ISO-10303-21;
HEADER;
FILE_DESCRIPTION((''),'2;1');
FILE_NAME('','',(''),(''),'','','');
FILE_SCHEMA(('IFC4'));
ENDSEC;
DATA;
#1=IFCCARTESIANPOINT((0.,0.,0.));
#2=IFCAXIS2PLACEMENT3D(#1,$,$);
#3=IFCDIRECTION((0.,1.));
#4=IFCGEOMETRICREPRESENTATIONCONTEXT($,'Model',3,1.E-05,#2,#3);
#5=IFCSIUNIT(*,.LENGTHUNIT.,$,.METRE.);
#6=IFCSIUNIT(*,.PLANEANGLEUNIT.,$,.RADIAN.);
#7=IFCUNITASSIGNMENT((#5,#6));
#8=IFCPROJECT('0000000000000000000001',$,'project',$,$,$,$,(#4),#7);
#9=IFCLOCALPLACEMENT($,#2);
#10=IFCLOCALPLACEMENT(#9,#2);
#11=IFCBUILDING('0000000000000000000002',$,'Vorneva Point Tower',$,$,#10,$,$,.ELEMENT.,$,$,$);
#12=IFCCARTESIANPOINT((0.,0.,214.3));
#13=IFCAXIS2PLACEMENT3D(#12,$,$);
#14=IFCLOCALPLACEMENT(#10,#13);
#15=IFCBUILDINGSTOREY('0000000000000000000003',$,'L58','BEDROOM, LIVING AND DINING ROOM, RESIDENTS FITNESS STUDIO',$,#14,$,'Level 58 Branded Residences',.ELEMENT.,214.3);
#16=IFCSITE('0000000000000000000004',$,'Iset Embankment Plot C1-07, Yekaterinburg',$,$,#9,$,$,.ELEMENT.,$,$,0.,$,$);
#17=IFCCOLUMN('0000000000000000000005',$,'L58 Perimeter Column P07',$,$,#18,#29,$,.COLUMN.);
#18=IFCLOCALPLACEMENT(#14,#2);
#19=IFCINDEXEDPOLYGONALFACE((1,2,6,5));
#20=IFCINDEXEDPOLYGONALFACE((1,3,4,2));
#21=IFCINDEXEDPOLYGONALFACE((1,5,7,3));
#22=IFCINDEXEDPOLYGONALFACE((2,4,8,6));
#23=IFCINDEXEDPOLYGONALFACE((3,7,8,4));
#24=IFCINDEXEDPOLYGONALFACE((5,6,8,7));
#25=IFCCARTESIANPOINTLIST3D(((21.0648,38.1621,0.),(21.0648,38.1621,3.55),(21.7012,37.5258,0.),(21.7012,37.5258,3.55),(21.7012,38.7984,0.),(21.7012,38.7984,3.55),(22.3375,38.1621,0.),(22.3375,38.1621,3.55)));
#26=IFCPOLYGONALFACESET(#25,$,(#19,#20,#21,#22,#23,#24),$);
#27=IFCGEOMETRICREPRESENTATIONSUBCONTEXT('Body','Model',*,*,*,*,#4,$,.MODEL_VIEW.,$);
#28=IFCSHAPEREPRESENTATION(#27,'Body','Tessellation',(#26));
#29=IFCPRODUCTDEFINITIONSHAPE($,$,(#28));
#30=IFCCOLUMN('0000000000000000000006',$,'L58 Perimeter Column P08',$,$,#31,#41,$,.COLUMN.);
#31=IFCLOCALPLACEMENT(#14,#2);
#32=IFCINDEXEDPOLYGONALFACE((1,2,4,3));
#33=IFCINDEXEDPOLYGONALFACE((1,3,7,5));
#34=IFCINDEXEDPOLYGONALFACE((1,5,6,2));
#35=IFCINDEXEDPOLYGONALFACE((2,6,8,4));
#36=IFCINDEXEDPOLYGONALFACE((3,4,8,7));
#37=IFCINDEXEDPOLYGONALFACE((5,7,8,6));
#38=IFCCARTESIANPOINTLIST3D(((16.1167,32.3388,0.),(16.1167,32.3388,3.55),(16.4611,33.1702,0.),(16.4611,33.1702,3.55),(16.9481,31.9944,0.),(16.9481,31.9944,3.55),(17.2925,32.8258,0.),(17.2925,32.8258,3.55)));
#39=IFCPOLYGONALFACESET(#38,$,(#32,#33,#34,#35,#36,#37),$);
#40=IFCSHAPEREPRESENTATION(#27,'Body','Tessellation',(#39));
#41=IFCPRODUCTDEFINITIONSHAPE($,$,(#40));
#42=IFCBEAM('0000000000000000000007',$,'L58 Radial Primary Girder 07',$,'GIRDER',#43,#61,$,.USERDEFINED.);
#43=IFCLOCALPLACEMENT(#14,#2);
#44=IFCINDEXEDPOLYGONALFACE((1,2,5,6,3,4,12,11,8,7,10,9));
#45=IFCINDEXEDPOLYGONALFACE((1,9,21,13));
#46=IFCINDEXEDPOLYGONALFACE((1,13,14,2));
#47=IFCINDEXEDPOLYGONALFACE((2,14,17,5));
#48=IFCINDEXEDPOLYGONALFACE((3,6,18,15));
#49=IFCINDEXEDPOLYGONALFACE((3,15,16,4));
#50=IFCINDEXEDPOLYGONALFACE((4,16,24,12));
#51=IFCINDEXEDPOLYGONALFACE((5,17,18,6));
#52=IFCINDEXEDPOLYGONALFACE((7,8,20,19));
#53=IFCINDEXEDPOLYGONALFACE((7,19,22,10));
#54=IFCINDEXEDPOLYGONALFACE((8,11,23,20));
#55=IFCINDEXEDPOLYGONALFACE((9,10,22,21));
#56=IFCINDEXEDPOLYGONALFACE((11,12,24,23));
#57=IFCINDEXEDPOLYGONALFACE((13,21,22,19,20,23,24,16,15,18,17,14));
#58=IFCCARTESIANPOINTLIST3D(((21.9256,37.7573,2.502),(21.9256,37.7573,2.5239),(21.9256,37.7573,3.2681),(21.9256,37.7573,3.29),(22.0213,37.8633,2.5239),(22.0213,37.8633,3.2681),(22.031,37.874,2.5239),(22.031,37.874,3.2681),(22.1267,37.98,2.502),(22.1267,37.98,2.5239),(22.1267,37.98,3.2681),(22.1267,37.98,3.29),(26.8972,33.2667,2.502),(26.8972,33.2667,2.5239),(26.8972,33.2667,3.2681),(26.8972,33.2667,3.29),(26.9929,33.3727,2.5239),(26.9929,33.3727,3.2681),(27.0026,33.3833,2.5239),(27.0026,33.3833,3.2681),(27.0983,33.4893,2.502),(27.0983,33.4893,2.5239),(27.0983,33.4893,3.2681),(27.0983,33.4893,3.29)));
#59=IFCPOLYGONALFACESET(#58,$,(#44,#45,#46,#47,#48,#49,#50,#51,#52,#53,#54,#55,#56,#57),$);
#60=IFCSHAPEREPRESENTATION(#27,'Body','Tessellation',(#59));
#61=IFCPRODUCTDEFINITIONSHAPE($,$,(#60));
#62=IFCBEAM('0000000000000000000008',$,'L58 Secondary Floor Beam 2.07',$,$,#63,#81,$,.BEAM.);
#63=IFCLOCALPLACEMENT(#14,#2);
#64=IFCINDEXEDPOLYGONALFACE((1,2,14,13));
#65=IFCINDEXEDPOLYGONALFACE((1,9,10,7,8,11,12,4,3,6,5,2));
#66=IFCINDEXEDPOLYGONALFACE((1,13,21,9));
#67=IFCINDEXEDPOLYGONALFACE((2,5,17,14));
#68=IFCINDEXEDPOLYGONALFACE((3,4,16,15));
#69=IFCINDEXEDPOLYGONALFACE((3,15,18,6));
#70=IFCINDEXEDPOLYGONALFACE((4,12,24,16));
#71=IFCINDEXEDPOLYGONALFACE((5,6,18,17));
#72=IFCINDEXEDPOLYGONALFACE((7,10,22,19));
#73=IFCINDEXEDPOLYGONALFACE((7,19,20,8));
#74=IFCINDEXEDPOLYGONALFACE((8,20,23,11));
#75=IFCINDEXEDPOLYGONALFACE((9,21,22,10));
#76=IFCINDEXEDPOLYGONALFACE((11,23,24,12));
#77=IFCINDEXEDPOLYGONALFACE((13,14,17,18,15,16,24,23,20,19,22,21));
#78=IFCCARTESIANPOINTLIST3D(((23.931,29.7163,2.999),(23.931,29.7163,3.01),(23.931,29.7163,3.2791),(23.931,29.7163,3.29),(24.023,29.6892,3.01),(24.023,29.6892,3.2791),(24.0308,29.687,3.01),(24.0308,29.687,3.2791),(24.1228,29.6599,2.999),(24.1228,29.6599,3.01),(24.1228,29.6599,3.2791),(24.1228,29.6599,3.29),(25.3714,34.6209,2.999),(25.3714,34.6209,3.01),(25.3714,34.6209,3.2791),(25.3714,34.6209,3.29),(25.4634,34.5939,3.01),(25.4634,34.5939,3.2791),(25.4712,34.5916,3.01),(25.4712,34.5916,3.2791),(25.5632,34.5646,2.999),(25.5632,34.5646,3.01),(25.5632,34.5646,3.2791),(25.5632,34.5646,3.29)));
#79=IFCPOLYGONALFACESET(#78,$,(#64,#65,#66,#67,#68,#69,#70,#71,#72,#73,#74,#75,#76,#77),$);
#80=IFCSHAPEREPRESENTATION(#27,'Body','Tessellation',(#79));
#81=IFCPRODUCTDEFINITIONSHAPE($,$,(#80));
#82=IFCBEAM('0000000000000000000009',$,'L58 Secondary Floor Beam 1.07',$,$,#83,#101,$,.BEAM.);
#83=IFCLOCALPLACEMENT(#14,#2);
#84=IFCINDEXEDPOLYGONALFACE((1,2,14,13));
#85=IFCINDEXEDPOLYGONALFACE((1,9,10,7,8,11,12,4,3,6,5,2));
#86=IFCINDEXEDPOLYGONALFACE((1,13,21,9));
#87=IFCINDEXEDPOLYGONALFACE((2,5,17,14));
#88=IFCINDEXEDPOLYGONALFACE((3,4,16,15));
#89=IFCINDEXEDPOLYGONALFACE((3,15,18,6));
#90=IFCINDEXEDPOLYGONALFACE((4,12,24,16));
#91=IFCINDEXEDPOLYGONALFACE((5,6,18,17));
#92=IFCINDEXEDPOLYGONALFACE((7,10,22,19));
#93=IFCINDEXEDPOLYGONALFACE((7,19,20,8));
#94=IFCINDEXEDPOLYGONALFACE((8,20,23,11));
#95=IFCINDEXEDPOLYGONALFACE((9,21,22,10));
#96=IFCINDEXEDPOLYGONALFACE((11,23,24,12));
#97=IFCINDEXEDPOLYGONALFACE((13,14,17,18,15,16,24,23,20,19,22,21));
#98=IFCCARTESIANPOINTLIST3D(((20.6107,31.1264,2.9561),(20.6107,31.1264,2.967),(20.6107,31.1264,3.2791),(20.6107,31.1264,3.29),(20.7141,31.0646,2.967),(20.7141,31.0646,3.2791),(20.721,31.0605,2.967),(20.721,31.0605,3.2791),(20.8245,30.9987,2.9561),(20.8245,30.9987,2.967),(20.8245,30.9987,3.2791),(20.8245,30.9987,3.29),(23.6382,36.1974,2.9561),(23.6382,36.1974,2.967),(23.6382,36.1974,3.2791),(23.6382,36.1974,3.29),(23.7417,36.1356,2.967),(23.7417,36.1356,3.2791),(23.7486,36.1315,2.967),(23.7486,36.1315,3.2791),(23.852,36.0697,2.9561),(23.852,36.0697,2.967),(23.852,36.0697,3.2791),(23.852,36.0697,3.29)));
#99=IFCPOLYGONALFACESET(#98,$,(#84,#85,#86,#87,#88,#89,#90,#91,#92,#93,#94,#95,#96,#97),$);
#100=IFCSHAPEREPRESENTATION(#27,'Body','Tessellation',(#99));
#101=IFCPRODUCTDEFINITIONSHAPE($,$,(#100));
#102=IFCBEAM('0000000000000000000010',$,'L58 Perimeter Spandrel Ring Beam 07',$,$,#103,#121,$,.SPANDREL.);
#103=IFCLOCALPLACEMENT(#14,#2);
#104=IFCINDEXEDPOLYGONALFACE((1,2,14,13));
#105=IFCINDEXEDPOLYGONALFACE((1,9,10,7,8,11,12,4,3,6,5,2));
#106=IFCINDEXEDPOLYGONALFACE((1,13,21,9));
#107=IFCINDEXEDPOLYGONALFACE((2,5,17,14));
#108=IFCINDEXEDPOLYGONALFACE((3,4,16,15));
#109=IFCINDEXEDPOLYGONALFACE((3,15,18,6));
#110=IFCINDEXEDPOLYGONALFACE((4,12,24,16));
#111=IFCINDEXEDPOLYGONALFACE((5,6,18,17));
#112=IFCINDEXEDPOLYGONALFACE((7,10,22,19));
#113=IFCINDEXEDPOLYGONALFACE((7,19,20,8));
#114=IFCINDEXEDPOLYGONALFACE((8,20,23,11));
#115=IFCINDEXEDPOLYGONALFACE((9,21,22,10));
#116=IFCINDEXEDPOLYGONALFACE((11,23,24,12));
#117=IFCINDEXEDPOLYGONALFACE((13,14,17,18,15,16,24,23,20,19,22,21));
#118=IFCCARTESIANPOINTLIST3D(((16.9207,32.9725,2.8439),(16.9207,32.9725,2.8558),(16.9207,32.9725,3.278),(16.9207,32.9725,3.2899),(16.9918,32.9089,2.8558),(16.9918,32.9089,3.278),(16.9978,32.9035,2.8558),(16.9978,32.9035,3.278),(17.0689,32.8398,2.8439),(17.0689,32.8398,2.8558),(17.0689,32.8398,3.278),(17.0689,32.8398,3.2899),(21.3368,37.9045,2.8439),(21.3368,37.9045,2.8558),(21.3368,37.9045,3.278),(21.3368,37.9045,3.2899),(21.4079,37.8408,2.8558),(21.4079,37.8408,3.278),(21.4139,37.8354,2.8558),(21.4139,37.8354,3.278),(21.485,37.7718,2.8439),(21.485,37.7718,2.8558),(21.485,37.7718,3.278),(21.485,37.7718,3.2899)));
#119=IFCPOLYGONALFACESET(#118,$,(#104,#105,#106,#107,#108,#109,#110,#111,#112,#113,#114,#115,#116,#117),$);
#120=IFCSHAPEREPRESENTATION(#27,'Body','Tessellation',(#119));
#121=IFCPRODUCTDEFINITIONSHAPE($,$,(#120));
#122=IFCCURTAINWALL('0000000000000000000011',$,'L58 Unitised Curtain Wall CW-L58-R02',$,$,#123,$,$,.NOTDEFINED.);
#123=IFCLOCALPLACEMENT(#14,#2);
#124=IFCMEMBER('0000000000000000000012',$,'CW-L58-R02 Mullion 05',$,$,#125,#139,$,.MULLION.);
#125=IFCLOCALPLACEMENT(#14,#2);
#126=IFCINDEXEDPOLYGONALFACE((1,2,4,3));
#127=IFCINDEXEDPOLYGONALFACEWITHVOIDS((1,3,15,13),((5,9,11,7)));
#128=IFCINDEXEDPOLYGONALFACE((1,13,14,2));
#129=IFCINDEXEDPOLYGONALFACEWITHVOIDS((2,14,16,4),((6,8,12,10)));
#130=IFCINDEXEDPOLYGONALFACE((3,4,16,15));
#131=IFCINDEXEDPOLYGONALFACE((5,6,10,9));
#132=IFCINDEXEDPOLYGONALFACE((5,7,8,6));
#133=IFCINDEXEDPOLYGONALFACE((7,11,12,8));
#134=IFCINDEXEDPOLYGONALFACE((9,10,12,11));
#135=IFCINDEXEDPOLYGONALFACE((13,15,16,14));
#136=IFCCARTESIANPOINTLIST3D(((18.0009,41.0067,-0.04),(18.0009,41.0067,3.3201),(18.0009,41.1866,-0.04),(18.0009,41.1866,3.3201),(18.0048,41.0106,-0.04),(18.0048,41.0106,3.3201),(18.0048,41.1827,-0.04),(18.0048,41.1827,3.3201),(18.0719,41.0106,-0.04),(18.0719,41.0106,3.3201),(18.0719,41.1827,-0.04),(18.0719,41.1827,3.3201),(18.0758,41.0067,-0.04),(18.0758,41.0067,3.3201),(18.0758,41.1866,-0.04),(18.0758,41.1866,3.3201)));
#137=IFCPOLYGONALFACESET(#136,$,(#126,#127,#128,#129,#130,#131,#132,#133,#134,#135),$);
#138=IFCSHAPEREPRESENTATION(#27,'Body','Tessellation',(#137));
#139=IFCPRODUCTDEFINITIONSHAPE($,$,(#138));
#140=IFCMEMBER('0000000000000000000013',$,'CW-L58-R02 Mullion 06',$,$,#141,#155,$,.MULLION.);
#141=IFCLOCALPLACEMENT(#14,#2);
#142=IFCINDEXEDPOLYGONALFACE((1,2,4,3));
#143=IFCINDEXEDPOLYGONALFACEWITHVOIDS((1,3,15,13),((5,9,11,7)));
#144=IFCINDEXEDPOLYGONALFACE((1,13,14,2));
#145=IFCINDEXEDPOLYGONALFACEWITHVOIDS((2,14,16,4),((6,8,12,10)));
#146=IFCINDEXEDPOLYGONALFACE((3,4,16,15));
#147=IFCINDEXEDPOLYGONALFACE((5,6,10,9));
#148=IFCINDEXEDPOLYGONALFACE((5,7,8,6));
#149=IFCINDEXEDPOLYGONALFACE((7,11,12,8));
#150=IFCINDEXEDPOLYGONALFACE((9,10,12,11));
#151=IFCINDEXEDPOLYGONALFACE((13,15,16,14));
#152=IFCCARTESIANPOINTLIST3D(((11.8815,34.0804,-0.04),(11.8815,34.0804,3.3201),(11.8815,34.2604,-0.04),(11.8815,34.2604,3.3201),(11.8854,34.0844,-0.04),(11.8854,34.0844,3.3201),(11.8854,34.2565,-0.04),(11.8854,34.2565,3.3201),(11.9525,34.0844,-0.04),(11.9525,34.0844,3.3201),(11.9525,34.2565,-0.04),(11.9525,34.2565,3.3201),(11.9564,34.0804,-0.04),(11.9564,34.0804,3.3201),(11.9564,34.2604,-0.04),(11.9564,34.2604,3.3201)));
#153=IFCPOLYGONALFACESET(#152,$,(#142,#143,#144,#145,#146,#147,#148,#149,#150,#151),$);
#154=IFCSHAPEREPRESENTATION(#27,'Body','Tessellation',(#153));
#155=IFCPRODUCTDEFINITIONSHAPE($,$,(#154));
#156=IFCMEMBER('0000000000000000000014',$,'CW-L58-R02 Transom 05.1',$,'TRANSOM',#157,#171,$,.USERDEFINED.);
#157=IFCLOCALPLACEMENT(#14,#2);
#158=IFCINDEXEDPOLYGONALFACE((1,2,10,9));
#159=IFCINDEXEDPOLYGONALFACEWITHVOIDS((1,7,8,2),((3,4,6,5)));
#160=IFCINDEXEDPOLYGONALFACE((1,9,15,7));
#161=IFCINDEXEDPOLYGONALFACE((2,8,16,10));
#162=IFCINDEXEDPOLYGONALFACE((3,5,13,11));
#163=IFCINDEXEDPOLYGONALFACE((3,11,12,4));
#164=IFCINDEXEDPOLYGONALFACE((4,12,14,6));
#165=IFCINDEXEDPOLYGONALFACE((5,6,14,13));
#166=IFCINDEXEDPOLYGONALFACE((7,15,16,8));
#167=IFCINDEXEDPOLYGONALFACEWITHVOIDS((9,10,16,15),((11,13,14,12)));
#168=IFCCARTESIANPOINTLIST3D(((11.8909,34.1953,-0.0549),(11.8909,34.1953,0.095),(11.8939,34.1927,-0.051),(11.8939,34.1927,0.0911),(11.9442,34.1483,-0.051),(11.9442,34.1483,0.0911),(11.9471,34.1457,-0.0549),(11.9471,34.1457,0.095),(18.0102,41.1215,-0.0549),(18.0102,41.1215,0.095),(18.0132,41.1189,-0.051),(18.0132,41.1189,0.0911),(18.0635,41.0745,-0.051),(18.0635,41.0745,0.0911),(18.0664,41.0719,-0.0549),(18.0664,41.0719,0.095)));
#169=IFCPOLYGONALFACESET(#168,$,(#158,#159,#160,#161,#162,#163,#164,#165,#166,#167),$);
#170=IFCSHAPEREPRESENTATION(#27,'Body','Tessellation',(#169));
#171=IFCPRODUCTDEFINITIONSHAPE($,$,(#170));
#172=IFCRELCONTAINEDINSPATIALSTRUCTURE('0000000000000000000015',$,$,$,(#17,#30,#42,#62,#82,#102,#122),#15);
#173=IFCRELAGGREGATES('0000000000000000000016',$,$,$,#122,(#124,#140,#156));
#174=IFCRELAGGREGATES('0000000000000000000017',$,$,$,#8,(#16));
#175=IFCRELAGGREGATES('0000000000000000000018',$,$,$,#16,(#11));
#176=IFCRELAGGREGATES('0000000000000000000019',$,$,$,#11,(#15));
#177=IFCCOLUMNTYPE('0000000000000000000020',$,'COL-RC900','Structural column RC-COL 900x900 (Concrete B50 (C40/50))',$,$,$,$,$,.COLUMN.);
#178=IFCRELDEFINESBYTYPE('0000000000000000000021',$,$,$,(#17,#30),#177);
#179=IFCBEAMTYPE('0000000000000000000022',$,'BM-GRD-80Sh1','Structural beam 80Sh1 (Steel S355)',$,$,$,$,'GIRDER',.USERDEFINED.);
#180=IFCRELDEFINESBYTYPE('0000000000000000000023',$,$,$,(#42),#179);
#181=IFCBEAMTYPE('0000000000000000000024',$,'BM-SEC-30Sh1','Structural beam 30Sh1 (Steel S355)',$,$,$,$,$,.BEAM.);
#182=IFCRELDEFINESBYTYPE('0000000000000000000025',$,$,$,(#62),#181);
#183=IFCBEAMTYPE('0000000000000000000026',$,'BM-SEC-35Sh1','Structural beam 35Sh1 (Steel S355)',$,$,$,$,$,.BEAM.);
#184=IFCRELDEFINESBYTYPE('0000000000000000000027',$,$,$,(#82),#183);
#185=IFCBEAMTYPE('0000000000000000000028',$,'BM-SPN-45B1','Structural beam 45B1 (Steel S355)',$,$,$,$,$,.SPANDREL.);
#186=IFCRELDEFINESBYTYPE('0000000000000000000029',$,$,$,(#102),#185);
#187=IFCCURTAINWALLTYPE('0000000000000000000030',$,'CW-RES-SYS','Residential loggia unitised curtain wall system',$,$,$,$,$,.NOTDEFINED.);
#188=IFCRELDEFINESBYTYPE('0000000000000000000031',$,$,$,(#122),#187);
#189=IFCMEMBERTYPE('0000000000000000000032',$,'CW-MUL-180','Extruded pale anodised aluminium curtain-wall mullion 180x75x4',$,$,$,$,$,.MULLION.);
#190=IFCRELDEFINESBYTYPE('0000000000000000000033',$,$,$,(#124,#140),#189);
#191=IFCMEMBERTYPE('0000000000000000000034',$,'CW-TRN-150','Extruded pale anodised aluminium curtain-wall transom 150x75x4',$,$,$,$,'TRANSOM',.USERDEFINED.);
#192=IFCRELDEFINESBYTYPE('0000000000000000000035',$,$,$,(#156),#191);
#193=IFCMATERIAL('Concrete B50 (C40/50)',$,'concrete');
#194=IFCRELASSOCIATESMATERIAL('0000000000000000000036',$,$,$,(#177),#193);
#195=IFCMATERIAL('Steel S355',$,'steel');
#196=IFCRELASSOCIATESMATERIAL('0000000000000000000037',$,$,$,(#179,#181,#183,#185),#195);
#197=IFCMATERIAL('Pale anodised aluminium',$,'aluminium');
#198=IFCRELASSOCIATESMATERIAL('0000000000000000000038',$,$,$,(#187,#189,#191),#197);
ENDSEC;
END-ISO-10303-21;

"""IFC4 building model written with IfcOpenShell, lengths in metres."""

from ifc_helpers import new_model, si_unit, direction, frame, origin, origin_2d, place, context, subcontext, project, spatial, rectangle, hollow_rectangle, i_section, extrude, material, material_profile, profile_set, type_object, element, aggregate, save


model = new_model("IFC4")

# Units and contexts
model_context = context("Model", 3, precision=1e-05, world=origin(), true_north=direction((0.0, 1.0)))
body_context = subcontext(model_context, "Body", "Model", "MODEL_VIEW")
ifc_project = project(units=[si_unit("LENGTHUNIT", "METRE"), si_unit("PLANEANGLEUNIT", "RADIAN")], contexts=[model_context])

# Site, building, storey
site_placement = place(None, origin())
site = spatial("IfcSite", under=ifc_project, at=site_placement, Name="Iset Embankment Plot C1-07, Yekaterinburg", CompositionType="ELEMENT", RefElevation=0.0)
building_placement = place(site_placement, origin())
building = spatial("IfcBuilding", under=site, at=building_placement, Name="Vorneva Point Tower", CompositionType="ELEMENT")
storey_placement = place(building_placement, frame((0.0, 0.0, 214.3)))
storey = spatial("IfcBuildingStorey", under=building, at=storey_placement, Name="L58", Description="BEDROOM, LIVING AND DINING ROOM, RESIDENTS FITNESS STUDIO", LongName="Level 58 Branded Residences", CompositionType="ELEMENT", Elevation=214.3)

# Columns
ifc_material_1 = material(Name="Concrete B50 (C40/50)", Category="concrete")
ifc_material_profile_1 = material_profile(ifc_material_1, rectangle(XDim=0.8999, YDim=0.8999, at=origin_2d()), Name="RC-COL 900x900")
ifc_profile_set_1 = profile_set([ifc_material_profile_1], Name="Concrete B50 (C40/50)")
column_type = type_object("IfcColumnType", Name="COL-RC900", Description="Structural column RC-COL 900x900 (Concrete B50 (C40/50))", PredefinedType="COLUMN", material=ifc_profile_set_1)
for number, where, z_axis, x_axis, name in (
    (1, (21.7012, 38.1621, 0.0), (0.0, 0.0, 1.0), (-0.707107, 0.707107, 0.0), "L58 Perimeter Column P07"),
    (2, (16.7046, 32.5823, 0.0), (0.0, 0.0, 1.0), (-0.92388, 0.382683, 0.0), "L58 Perimeter Column P08"),
):
    element("IfcColumn", number, at=place(storey_placement, frame(where, z_axis=z_axis, x_axis=x_axis)), inside=storey, type_object=column_type, Name=name, PredefinedType="COLUMN", context=body_context, shape_type="SweptSolid", body=[
        extrude(rectangle(XDim=0.8999, YDim=0.8999, at=origin_2d()), origin(), (0.0, 0.0, 1.0), 3.55),
    ])

# Beams
ifc_material_2 = material(Name="Steel S355", Category="steel")
ifc_material_profile_2 = material_profile(ifc_material_2, i_section(OverallWidth=0.3, OverallDepth=0.7881, WebThickness=0.0144, FlangeThickness=0.022, at=origin_2d()), Name="80Sh1")
ifc_profile_set_2 = profile_set([ifc_material_profile_2], Name="Steel S355")
beam_type_1 = type_object("IfcBeamType", Name="BM-GRD-80Sh1", Description="Structural beam 80Sh1 (Steel S355)", ElementType="GIRDER", PredefinedType="USERDEFINED", material=ifc_profile_set_2)
beam_1_placement = place(storey_placement, frame((22.0261, 37.8687, 2.896), z_axis=(0.74209, -0.670301, 0.0), x_axis=(0.670301, 0.74209, 0.0)))
element("IfcBeam", 3, at=beam_1_placement, inside=storey, type_object=beam_type_1, Name="L58 Radial Primary Girder 07", ObjectType="GIRDER", PredefinedType="USERDEFINED", context=body_context, shape_type="SweptSolid", body=[
    extrude(i_section(OverallWidth=0.3, OverallDepth=0.7881, WebThickness=0.0144, FlangeThickness=0.022, at=origin_2d()), origin(), (0.0, 0.0, 1.0), 6.6995),
])
ifc_material_profile_3 = material_profile(ifc_material_2, i_section(OverallWidth=0.2, OverallDepth=0.291, WebThickness=0.0081, FlangeThickness=0.011, at=origin_2d()), Name="30Sh1")
ifc_profile_set_3 = profile_set([ifc_material_profile_3], Name="Steel S355")
beam_type_2 = type_object("IfcBeamType", Name="BM-SEC-30Sh1", Description="Structural beam 30Sh1 (Steel S355)", PredefinedType="BEAM", material=ifc_profile_set_3)
beam_2_placement = place(storey_placement, frame((25.4673, 34.5928, 3.1445), z_axis=(-0.281778, -0.959479, 0.0), x_axis=(0.959479, -0.281778, 0.0)))
element("IfcBeam", 4, at=beam_2_placement, inside=storey, type_object=beam_type_2, Name="L58 Secondary Floor Beam 2.07", PredefinedType="BEAM", context=body_context, shape_type="SweptSolid", body=[
    extrude(i_section(OverallWidth=0.2, OverallDepth=0.291, WebThickness=0.0081, FlangeThickness=0.011, at=origin_2d()), origin(), (0.0, 0.0, 1.0), 5.1118),
])
ifc_material_profile_4 = material_profile(ifc_material_2, i_section(OverallWidth=0.249, OverallDepth=0.334, WebThickness=0.0081, FlangeThickness=0.011, at=origin_2d()), Name="35Sh1")
ifc_profile_set_4 = profile_set([ifc_material_profile_4], Name="Steel S355")
beam_type_3 = type_object("IfcBeamType", Name="BM-SEC-35Sh1", Description="Structural beam 35Sh1 (Steel S355)", PredefinedType="BEAM", material=ifc_profile_set_4)
beam_3_placement = place(storey_placement, frame((23.7451, 36.1335, 3.123), z_axis=(-0.512622, -0.858614, 0.0), x_axis=(0.858614, -0.512622, 0.0)))
element("IfcBeam", 5, at=beam_3_placement, inside=storey, type_object=beam_type_3, Name="L58 Secondary Floor Beam 1.07", PredefinedType="BEAM", context=body_context, shape_type="SweptSolid", body=[
    extrude(i_section(OverallWidth=0.249, OverallDepth=0.334, WebThickness=0.0081, FlangeThickness=0.011, at=origin_2d()), origin(), (0.0, 0.0, 1.0), 5.906),
])
ifc_material_profile_5 = material_profile(ifc_material_2, i_section(OverallWidth=0.199, OverallDepth=0.446, WebThickness=0.0081, FlangeThickness=0.012, at=origin_2d()), Name="45B1")
ifc_profile_set_5 = profile_set([ifc_material_profile_5], Name="Steel S355")
beam_type_4 = type_object("IfcBeamType", Name="BM-SPN-45B1", Description="Structural beam 45B1 (Steel S355)", PredefinedType="SPANDREL", material=ifc_profile_set_5)
beam_4_placement = place(storey_placement, frame((21.4109, 37.8381, 3.0669), z_axis=(-0.66707, -0.744995, 0.0), x_axis=(0.744995, -0.66707, 0.0)))
element("IfcBeam", 6, at=beam_4_placement, inside=storey, type_object=beam_type_4, Name="L58 Perimeter Spandrel Ring Beam 07", PredefinedType="SPANDREL", context=body_context, shape_type="SweptSolid", body=[
    extrude(i_section(OverallWidth=0.199, OverallDepth=0.446, WebThickness=0.0081, FlangeThickness=0.012, at=origin_2d()), origin(), (0.0, 0.0, 1.0), 6.6201),
])

# Curtain wall, members
ifc_material_3 = material(Name="Pale anodised aluminium", Category="aluminium")
curtain_wall_type = type_object("IfcCurtainWallType", Name="CW-RES-SYS", Description="Residential loggia unitised curtain wall system", PredefinedType="NOTDEFINED", material=ifc_material_3)
curtain_wall_placement = place(storey_placement, origin())
curtain_wall = element("IfcCurtainWall", 7, at=curtain_wall_placement, inside=storey, type_object=curtain_wall_type, Name="L58 Unitised Curtain Wall CW-L58-R02", PredefinedType="NOTDEFINED")
ifc_material_profile_6 = material_profile(ifc_material_3, hollow_rectangle(XDim=0.075, YDim=0.1799, WallThickness=0.0039, at=origin_2d()), Name="AL-MUL 180x75x4")
ifc_profile_set_6 = profile_set([ifc_material_profile_6], Name="Pale anodised aluminium")
member_type_1 = type_object("IfcMemberType", Name="CW-MUL-180", Description="Extruded pale anodised aluminium curtain-wall mullion 180x75x4", PredefinedType="MULLION", material=ifc_profile_set_6)
member_1_placement = place(storey_placement, frame((18.0383, 41.0967, -0.04), z_axis=(0.0, 0.0, 1.0), x_axis=(1.0, 0.0, 0.0)))
member_1 = element("IfcMember", 8, at=member_1_placement, type_object=member_type_1, Name="CW-L58-R02 Mullion 05", PredefinedType="MULLION", context=body_context, shape_type="SweptSolid", body=[
    extrude(hollow_rectangle(XDim=0.075, YDim=0.1799, WallThickness=0.0039, at=origin_2d()), origin(), (0.0, 0.0, 1.0), 3.3601),
])
member_2_placement = place(storey_placement, frame((11.9189, 34.1704, -0.04), z_axis=(0.0, 0.0, 1.0), x_axis=(1.0, 0.0, 0.0)))
member_2 = element("IfcMember", 9, at=member_2_placement, type_object=member_type_1, Name="CW-L58-R02 Mullion 06", PredefinedType="MULLION", context=body_context, shape_type="SweptSolid", body=[
    extrude(hollow_rectangle(XDim=0.075, YDim=0.1799, WallThickness=0.0039, at=origin_2d()), origin(), (0.0, 0.0, 1.0), 3.3601),
])
ifc_material_profile_7 = material_profile(ifc_material_3, hollow_rectangle(XDim=0.075, YDim=0.1499, WallThickness=0.0039, at=origin_2d()), Name="AL-TRN 150x75x4")
ifc_profile_set_7 = profile_set([ifc_material_profile_7], Name="Pale anodised aluminium")
member_type_2 = type_object("IfcMemberType", Name="CW-TRN-150", Description="Extruded pale anodised aluminium curtain-wall transom 150x75x4", ElementType="TRANSOM", PredefinedType="USERDEFINED", material=ifc_profile_set_7)
member_3_placement = place(storey_placement, frame((18.0383, 41.0967, 0.02), z_axis=(-0.662106, -0.74941, 0.0), x_axis=(0.74941, -0.662106, 0.0)))
member_3 = element("IfcMember", 10, at=member_3_placement, type_object=member_type_2, Name="CW-L58-R02 Transom 05.1", ObjectType="TRANSOM", PredefinedType="USERDEFINED", context=body_context, shape_type="SweptSolid", body=[
    extrude(hollow_rectangle(XDim=0.075, YDim=0.1499, WallThickness=0.0039, at=origin_2d()), origin(), (0.0, 0.0, 1.0), 9.2422),
])
aggregate(curtain_wall, [member_1, member_2, member_3])

save(model, "model.ifc")
